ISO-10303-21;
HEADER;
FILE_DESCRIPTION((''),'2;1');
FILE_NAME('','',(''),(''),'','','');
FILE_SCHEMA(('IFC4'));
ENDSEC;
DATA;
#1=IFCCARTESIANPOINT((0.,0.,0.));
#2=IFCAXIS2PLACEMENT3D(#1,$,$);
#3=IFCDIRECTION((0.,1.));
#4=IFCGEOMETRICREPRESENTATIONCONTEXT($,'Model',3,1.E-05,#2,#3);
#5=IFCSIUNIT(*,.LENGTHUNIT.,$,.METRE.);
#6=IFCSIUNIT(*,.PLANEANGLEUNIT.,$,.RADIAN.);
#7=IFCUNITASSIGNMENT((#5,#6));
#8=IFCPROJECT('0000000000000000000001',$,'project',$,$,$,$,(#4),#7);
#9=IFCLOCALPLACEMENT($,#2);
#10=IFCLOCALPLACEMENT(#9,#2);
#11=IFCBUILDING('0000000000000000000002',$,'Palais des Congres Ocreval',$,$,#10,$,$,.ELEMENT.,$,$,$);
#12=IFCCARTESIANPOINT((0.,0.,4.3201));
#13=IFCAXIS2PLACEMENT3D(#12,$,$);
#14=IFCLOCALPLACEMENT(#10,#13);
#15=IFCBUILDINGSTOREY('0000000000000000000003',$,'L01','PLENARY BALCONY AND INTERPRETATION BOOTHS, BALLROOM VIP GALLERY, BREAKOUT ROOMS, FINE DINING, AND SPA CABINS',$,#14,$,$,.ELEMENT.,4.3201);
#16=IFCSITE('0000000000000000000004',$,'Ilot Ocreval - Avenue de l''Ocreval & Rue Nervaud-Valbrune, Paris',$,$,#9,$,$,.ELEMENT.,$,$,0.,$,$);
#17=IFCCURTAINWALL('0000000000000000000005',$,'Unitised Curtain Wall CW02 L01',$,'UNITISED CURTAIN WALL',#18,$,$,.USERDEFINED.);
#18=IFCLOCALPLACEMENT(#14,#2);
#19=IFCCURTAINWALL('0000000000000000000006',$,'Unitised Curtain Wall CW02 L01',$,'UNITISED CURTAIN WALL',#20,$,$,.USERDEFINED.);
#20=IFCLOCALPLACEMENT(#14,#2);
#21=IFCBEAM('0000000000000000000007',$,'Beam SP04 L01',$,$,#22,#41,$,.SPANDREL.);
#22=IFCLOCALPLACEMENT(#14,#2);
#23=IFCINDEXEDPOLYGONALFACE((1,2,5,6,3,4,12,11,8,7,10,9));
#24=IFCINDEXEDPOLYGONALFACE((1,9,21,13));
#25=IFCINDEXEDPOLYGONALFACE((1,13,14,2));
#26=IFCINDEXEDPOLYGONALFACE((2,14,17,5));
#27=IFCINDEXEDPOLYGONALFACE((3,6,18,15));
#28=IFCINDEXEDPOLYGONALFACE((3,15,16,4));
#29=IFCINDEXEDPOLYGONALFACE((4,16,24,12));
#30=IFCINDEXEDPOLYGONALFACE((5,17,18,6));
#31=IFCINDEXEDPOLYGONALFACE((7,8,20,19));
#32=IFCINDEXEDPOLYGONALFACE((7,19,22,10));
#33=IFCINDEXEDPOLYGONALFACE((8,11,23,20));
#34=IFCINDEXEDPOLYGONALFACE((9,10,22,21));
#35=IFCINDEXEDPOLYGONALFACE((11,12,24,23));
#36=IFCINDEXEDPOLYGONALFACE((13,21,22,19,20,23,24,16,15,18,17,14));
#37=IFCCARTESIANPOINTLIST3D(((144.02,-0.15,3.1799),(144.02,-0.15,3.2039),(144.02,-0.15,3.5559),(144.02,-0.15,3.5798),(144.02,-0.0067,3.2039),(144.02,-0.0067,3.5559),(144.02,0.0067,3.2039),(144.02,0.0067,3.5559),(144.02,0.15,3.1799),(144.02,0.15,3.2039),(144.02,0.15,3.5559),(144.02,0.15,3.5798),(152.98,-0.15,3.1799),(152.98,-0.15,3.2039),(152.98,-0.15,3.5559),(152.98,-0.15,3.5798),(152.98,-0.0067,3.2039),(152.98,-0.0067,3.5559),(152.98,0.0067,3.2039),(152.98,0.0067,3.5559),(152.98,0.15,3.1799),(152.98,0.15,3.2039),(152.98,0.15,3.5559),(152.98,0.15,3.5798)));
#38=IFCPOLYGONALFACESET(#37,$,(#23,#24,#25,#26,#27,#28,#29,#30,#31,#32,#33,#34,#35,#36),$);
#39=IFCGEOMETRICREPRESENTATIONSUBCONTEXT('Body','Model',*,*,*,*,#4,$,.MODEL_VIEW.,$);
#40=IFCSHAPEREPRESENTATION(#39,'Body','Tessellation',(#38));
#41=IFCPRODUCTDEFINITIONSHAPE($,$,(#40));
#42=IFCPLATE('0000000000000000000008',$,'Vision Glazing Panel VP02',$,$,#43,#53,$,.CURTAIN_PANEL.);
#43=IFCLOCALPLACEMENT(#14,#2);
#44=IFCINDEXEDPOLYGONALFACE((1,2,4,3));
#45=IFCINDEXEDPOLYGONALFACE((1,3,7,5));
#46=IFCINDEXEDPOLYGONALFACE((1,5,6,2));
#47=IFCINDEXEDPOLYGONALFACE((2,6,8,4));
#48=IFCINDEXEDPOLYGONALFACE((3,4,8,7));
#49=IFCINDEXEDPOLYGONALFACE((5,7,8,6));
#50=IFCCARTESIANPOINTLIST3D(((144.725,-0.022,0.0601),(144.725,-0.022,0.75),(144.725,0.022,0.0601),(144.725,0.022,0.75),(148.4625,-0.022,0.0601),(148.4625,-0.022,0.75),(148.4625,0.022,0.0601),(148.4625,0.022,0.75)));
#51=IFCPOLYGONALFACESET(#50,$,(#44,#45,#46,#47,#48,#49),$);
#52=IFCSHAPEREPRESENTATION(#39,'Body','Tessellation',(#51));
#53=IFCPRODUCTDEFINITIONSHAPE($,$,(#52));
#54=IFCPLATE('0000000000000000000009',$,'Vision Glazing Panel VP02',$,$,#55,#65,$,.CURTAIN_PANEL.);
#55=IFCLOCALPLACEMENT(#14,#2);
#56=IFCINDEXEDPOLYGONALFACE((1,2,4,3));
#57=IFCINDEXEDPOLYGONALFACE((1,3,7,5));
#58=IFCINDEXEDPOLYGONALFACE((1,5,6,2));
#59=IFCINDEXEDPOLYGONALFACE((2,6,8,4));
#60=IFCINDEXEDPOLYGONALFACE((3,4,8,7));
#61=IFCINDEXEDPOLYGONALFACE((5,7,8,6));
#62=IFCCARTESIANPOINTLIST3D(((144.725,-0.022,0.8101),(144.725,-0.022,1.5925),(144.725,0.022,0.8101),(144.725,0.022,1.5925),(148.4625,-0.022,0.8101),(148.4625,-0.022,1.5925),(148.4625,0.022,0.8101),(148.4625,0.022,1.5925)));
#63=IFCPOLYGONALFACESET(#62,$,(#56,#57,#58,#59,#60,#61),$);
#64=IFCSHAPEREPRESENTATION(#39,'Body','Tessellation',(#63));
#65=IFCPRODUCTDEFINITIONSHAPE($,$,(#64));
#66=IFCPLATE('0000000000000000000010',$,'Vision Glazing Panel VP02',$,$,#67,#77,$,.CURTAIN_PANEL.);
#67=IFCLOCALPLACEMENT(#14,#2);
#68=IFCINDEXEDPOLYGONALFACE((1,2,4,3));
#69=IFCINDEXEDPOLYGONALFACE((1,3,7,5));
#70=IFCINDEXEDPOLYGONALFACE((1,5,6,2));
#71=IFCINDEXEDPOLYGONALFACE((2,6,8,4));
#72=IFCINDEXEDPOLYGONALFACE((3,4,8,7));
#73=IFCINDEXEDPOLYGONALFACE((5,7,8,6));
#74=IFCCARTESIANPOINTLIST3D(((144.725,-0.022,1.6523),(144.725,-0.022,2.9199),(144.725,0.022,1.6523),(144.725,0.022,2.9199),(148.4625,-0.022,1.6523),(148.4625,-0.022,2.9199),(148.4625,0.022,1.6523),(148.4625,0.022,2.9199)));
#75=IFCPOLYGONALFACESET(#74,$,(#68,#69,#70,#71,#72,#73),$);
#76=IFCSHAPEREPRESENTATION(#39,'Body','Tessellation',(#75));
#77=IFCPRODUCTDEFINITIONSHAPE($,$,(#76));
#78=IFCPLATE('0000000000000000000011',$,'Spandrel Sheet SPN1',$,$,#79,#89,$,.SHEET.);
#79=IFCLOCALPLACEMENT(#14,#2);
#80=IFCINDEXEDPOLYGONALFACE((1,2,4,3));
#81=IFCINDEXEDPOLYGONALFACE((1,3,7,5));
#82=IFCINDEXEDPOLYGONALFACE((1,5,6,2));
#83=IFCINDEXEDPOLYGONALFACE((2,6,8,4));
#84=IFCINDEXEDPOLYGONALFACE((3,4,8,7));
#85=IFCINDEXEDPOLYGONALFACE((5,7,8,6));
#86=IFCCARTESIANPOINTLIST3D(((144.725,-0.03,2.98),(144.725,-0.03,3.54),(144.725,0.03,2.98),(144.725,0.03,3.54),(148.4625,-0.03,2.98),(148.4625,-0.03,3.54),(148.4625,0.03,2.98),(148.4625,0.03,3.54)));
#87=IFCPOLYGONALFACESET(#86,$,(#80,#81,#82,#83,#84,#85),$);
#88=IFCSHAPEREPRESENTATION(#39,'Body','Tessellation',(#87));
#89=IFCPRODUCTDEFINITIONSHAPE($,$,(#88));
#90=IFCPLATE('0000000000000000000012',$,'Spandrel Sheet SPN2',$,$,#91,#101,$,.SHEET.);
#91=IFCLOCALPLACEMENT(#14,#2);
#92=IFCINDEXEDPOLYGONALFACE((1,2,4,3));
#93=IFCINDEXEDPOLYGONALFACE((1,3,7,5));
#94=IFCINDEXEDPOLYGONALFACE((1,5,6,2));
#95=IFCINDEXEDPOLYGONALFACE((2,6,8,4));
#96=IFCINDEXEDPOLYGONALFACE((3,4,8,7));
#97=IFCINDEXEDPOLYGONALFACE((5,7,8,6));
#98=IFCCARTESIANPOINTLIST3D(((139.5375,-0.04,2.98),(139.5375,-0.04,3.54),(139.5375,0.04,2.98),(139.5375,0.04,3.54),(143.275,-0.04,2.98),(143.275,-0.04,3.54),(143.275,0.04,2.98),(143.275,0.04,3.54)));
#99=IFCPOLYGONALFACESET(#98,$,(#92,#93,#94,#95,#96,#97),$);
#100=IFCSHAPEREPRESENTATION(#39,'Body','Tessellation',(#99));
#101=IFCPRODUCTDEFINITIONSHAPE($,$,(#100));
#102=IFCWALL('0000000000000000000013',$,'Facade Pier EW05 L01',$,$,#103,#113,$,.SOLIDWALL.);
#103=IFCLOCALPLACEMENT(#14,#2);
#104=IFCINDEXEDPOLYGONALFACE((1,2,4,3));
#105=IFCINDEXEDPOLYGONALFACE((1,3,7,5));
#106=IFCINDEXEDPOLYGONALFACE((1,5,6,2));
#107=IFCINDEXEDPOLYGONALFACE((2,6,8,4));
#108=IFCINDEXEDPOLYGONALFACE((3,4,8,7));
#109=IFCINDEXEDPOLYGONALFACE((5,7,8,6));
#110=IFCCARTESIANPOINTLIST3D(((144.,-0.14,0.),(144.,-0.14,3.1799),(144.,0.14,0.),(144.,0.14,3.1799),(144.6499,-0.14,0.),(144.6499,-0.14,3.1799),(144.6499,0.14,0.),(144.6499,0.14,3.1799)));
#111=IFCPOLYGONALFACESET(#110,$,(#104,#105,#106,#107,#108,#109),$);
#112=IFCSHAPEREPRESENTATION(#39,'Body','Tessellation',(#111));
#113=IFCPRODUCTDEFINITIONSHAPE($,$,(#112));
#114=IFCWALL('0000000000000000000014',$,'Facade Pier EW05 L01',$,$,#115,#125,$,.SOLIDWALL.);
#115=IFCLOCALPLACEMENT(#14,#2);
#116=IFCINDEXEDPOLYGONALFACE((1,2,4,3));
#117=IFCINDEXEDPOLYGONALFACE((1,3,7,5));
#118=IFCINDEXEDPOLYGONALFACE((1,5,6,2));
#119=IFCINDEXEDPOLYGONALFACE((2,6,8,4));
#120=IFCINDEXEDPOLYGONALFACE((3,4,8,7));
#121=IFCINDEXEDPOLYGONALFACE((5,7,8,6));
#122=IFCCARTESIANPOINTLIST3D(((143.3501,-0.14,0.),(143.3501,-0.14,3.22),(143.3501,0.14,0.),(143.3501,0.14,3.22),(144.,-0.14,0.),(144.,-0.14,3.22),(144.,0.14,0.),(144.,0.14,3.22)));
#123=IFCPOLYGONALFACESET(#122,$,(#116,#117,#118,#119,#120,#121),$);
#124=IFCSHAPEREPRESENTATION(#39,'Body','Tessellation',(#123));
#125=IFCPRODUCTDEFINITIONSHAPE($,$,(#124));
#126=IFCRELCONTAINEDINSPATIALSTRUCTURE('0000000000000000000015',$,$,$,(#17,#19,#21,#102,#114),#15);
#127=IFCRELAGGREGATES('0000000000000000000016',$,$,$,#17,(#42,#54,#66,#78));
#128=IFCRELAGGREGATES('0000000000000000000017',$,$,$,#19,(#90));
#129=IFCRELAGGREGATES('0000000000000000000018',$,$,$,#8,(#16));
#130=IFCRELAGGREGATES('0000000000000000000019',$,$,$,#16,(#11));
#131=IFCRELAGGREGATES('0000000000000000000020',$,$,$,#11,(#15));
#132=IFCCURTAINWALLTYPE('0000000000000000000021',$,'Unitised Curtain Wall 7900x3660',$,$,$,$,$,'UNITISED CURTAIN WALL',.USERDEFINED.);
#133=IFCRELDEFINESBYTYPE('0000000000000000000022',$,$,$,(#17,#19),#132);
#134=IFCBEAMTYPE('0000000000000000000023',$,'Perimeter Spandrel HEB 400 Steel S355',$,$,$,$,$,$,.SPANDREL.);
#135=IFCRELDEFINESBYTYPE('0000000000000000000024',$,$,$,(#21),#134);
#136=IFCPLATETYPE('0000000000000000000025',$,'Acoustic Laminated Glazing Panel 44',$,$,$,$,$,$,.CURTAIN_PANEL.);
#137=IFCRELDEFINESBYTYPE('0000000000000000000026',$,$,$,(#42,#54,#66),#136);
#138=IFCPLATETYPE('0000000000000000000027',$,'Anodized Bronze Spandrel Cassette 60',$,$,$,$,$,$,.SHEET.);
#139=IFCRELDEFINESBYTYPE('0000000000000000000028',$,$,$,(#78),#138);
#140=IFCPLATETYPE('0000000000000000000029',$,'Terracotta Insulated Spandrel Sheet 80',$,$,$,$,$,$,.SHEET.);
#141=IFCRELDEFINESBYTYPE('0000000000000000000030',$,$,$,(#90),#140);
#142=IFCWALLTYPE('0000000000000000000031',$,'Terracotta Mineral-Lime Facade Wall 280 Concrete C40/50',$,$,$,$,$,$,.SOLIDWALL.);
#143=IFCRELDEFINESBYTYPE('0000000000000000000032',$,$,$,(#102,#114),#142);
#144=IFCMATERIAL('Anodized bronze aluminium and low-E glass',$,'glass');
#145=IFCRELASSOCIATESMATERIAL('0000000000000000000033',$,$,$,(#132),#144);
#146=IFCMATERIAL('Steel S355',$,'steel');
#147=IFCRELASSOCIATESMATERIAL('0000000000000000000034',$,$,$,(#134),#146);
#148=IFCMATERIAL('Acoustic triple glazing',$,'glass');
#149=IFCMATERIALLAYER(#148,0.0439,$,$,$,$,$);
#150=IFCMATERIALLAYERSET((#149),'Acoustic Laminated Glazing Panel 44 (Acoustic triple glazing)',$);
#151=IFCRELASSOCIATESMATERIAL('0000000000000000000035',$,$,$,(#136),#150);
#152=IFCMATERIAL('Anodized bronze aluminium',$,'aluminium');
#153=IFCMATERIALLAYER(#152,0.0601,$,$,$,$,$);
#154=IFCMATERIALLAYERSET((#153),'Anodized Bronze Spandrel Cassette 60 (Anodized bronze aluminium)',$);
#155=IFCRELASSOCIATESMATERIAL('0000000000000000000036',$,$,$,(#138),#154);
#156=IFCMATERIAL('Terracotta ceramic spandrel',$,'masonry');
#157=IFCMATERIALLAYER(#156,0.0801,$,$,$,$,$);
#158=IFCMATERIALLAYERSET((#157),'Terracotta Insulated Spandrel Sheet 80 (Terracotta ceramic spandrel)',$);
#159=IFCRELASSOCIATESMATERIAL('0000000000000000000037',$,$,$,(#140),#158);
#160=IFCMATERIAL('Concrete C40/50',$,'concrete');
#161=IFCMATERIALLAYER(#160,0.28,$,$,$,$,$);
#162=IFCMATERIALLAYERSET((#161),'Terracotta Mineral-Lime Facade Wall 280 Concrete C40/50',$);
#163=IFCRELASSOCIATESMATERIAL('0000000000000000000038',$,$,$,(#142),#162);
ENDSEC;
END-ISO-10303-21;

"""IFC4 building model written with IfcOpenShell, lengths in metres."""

from ifc_helpers import new_model, si_unit, direction, frame, frame_2d, origin, origin_2d, place, context, subcontext, project, spatial, rectangle, i_section, extrude, material, layer, layer_set, material_profile, profile_set, type_object, element, aggregate, save


model = new_model("IFC4")

# Units and contexts
model_context = context("Model", 3, precision=1e-05, world=origin(), true_north=direction((0.0, 1.0)))
body_context = subcontext(model_context, "Body", "Model", "MODEL_VIEW")
ifc_project = project(units=[si_unit("LENGTHUNIT", "METRE"), si_unit("PLANEANGLEUNIT", "RADIAN")], contexts=[model_context])

# Site, building, storey
site_placement = place(None, origin())
site = spatial("IfcSite", under=ifc_project, at=site_placement, Name="Ilot Ocreval - Avenue de l'Ocreval & Rue Nervaud-Valbrune, Paris", CompositionType="ELEMENT", RefElevation=0.0)
building_placement = place(site_placement, origin())
building = spatial("IfcBuilding", under=site, at=building_placement, Name="Palais des Congres Ocreval", CompositionType="ELEMENT")
storey_placement = place(building_placement, frame((0.0, 0.0, 4.3201)))
storey = spatial("IfcBuildingStorey", under=building, at=storey_placement, Name="L01", Description="PLENARY BALCONY AND INTERPRETATION BOOTHS, BALLROOM VIP GALLERY, BREAKOUT ROOMS, FINE DINING, AND SPA CABINS", CompositionType="ELEMENT", Elevation=4.3201)

# Shared definitions
ifc_material_1 = material(Name="Steel S355", Category="steel")

# Curtain wall
ifc_material_2 = material(Name="Anodized bronze aluminium and low-E glass", Category="glass")
curtain_wall_type = type_object("IfcCurtainWallType", Name="Unitised Curtain Wall 7900x3660", ElementType="UNITISED CURTAIN WALL", PredefinedType="USERDEFINED", material=ifc_material_2)
curtain_wall_1_placement = place(storey_placement, origin())
curtain_wall_1 = element("IfcCurtainWall", 1, at=curtain_wall_1_placement, inside=storey, type_object=curtain_wall_type, Name="Unitised Curtain Wall CW02 L01", ObjectType="UNITISED CURTAIN WALL", PredefinedType="USERDEFINED")
ifc_material_3 = material(Name="Anodized bronze aluminium", Category="aluminium")

# Curtain wall
curtain_wall_2_placement = place(storey_placement, origin())
curtain_wall_2 = element("IfcCurtainWall", 2, at=curtain_wall_2_placement, inside=storey, type_object=curtain_wall_type, Name="Unitised Curtain Wall CW02 L01", ObjectType="UNITISED CURTAIN WALL", PredefinedType="USERDEFINED")

# Beam
ifc_material_profile_1 = material_profile(ifc_material_1, i_section(OverallWidth=0.3, OverallDepth=0.3999, WebThickness=0.0134, FlangeThickness=0.0239, at=origin_2d()), Name="HEB 400")
ifc_profile_set_1 = profile_set([ifc_material_profile_1], Name="Steel S355")
beam_type = type_object("IfcBeamType", Name="Perimeter Spandrel HEB 400 Steel S355", PredefinedType="SPANDREL", material=ifc_profile_set_1)
beam_placement = place(storey_placement, frame((144.02, 0.0, 3.3799), z_axis=(1.0, 0.0, 0.0), x_axis=(0.0, 1.0, 0.0)))
element("IfcBeam", 3, at=beam_placement, inside=storey, type_object=beam_type, Name="Beam SP04 L01", PredefinedType="SPANDREL", context=body_context, shape_type="SweptSolid", body=[
    extrude(i_section(OverallWidth=0.3, OverallDepth=0.3999, WebThickness=0.0134, FlangeThickness=0.0239, at=origin_2d()), origin(), (0.0, 0.0, 1.0), 8.96),
])

# Plates
ifc_material_4 = material(Name="Acoustic triple glazing", Category="glass")
ifc_layer_1 = layer(ifc_material_4, 0.0439)
ifc_layer_set_1 = layer_set([ifc_layer_1], Name="Acoustic Laminated Glazing Panel 44 (Acoustic triple glazing)")
plate_type_1 = type_object("IfcPlateType", Name="Acoustic Laminated Glazing Panel 44", PredefinedType="CURTAIN_PANEL", material=ifc_layer_set_1)
plate_1_placement = place(storey_placement, frame((146.5938, 0.0, 0.0601), z_axis=(0.0, 0.0, 1.0), x_axis=(-1.0, 0.0, 0.0)))
plate_1 = element("IfcPlate", 4, at=plate_1_placement, type_object=plate_type_1, Name="Vision Glazing Panel VP02", PredefinedType="CURTAIN_PANEL", context=body_context, shape_type="SweptSolid", body=[
    extrude(rectangle(XDim=3.7375, YDim=0.0439, at=origin_2d()), origin(), (0.0, 0.0, 1.0), 0.6899),
])
plate_2_placement = place(storey_placement, frame((146.5938, 0.0, 0.8101), z_axis=(0.0, 0.0, 1.0), x_axis=(-1.0, 0.0, 0.0)))
plate_2 = element("IfcPlate", 5, at=plate_2_placement, type_object=plate_type_1, Name="Vision Glazing Panel VP02", PredefinedType="CURTAIN_PANEL", context=body_context, shape_type="SweptSolid", body=[
    extrude(rectangle(XDim=3.7375, YDim=0.0439, at=origin_2d()), origin(), (0.0, 0.0, 1.0), 0.7825),
])
plate_3_placement = place(storey_placement, frame((146.5938, 0.0, 1.6523), z_axis=(0.0, 0.0, 1.0), x_axis=(-1.0, 0.0, 0.0)))
plate_3 = element("IfcPlate", 6, at=plate_3_placement, type_object=plate_type_1, Name="Vision Glazing Panel VP02", PredefinedType="CURTAIN_PANEL", context=body_context, shape_type="SweptSolid", body=[
    extrude(rectangle(XDim=3.7375, YDim=0.0439, at=origin_2d()), origin(), (0.0, 0.0, 1.0), 1.2676),
])
ifc_layer_2 = layer(ifc_material_3, 0.0601)
ifc_layer_set_2 = layer_set([ifc_layer_2], Name="Anodized Bronze Spandrel Cassette 60 (Anodized bronze aluminium)")
plate_type_2 = type_object("IfcPlateType", Name="Anodized Bronze Spandrel Cassette 60", PredefinedType="SHEET", material=ifc_layer_set_2)
plate_4_placement = place(storey_placement, frame((146.5938, 0.0, 2.98), z_axis=(0.0, 0.0, 1.0), x_axis=(-1.0, 0.0, 0.0)))
plate_4 = element("IfcPlate", 7, at=plate_4_placement, type_object=plate_type_2, Name="Spandrel Sheet SPN1", PredefinedType="SHEET", context=body_context, shape_type="SweptSolid", body=[
    extrude(rectangle(XDim=3.7375, YDim=0.0601, at=origin_2d()), origin(), (0.0, 0.0, 1.0), 0.5601),
])
aggregate(curtain_wall_1, [plate_1, plate_2, plate_3, plate_4])
ifc_material_5 = material(Name="Terracotta ceramic spandrel", Category="masonry")
ifc_layer_3 = layer(ifc_material_5, 0.0801)
ifc_layer_set_3 = layer_set([ifc_layer_3], Name="Terracotta Insulated Spandrel Sheet 80 (Terracotta ceramic spandrel)")
plate_type_3 = type_object("IfcPlateType", Name="Terracotta Insulated Spandrel Sheet 80", PredefinedType="SHEET", material=ifc_layer_set_3)
plate_5_placement = place(storey_placement, frame((141.4062, 0.0, 2.98), z_axis=(0.0, 0.0, 1.0), x_axis=(-1.0, 0.0, 0.0)))
plate_5 = element("IfcPlate", 8, at=plate_5_placement, type_object=plate_type_3, Name="Spandrel Sheet SPN2", PredefinedType="SHEET", context=body_context, shape_type="SweptSolid", body=[
    extrude(rectangle(XDim=3.7375, YDim=0.0801, at=origin_2d()), origin(), (0.0, 0.0, 1.0), 0.5601),
])
aggregate(curtain_wall_2, [plate_5])

# Walls
ifc_material_6 = material(Name="Concrete C40/50", Category="concrete")
ifc_layer_4 = layer(ifc_material_6, 0.28)
ifc_layer_set_4 = layer_set([ifc_layer_4], Name="Terracotta Mineral-Lime Facade Wall 280 Concrete C40/50")
wall_type = type_object("IfcWallType", Name="Terracotta Mineral-Lime Facade Wall 280 Concrete C40/50", PredefinedType="SOLIDWALL", material=ifc_layer_set_4)
wall_1_placement = place(storey_placement, frame((144.6499, 0.0, 0.0), z_axis=(0.0, 0.0, 1.0), x_axis=(-1.0, 0.0, 0.0)))
element("IfcWall", 9, at=wall_1_placement, inside=storey, type_object=wall_type, Name="Facade Pier EW05 L01", PredefinedType="SOLIDWALL", context=body_context, shape_type="SweptSolid", body=[
    extrude(rectangle(XDim=0.6499, YDim=0.28, at=frame_2d((0.325, 0.0))), origin(), (0.0, 0.0, 1.0), 3.1799),
])
wall_2_placement = place(storey_placement, frame((144.0, 0.0, 0.0), z_axis=(0.0, 0.0, 1.0), x_axis=(-1.0, 0.0, 0.0)))
element("IfcWall", 10, at=wall_2_placement, inside=storey, type_object=wall_type, Name="Facade Pier EW05 L01", PredefinedType="SOLIDWALL", context=body_context, shape_type="SweptSolid", body=[
    extrude(rectangle(XDim=0.6499, YDim=0.28, at=frame_2d((0.325, 0.0))), origin(), (0.0, 0.0, 1.0), 3.22),
])

save(model, "model.ifc")
